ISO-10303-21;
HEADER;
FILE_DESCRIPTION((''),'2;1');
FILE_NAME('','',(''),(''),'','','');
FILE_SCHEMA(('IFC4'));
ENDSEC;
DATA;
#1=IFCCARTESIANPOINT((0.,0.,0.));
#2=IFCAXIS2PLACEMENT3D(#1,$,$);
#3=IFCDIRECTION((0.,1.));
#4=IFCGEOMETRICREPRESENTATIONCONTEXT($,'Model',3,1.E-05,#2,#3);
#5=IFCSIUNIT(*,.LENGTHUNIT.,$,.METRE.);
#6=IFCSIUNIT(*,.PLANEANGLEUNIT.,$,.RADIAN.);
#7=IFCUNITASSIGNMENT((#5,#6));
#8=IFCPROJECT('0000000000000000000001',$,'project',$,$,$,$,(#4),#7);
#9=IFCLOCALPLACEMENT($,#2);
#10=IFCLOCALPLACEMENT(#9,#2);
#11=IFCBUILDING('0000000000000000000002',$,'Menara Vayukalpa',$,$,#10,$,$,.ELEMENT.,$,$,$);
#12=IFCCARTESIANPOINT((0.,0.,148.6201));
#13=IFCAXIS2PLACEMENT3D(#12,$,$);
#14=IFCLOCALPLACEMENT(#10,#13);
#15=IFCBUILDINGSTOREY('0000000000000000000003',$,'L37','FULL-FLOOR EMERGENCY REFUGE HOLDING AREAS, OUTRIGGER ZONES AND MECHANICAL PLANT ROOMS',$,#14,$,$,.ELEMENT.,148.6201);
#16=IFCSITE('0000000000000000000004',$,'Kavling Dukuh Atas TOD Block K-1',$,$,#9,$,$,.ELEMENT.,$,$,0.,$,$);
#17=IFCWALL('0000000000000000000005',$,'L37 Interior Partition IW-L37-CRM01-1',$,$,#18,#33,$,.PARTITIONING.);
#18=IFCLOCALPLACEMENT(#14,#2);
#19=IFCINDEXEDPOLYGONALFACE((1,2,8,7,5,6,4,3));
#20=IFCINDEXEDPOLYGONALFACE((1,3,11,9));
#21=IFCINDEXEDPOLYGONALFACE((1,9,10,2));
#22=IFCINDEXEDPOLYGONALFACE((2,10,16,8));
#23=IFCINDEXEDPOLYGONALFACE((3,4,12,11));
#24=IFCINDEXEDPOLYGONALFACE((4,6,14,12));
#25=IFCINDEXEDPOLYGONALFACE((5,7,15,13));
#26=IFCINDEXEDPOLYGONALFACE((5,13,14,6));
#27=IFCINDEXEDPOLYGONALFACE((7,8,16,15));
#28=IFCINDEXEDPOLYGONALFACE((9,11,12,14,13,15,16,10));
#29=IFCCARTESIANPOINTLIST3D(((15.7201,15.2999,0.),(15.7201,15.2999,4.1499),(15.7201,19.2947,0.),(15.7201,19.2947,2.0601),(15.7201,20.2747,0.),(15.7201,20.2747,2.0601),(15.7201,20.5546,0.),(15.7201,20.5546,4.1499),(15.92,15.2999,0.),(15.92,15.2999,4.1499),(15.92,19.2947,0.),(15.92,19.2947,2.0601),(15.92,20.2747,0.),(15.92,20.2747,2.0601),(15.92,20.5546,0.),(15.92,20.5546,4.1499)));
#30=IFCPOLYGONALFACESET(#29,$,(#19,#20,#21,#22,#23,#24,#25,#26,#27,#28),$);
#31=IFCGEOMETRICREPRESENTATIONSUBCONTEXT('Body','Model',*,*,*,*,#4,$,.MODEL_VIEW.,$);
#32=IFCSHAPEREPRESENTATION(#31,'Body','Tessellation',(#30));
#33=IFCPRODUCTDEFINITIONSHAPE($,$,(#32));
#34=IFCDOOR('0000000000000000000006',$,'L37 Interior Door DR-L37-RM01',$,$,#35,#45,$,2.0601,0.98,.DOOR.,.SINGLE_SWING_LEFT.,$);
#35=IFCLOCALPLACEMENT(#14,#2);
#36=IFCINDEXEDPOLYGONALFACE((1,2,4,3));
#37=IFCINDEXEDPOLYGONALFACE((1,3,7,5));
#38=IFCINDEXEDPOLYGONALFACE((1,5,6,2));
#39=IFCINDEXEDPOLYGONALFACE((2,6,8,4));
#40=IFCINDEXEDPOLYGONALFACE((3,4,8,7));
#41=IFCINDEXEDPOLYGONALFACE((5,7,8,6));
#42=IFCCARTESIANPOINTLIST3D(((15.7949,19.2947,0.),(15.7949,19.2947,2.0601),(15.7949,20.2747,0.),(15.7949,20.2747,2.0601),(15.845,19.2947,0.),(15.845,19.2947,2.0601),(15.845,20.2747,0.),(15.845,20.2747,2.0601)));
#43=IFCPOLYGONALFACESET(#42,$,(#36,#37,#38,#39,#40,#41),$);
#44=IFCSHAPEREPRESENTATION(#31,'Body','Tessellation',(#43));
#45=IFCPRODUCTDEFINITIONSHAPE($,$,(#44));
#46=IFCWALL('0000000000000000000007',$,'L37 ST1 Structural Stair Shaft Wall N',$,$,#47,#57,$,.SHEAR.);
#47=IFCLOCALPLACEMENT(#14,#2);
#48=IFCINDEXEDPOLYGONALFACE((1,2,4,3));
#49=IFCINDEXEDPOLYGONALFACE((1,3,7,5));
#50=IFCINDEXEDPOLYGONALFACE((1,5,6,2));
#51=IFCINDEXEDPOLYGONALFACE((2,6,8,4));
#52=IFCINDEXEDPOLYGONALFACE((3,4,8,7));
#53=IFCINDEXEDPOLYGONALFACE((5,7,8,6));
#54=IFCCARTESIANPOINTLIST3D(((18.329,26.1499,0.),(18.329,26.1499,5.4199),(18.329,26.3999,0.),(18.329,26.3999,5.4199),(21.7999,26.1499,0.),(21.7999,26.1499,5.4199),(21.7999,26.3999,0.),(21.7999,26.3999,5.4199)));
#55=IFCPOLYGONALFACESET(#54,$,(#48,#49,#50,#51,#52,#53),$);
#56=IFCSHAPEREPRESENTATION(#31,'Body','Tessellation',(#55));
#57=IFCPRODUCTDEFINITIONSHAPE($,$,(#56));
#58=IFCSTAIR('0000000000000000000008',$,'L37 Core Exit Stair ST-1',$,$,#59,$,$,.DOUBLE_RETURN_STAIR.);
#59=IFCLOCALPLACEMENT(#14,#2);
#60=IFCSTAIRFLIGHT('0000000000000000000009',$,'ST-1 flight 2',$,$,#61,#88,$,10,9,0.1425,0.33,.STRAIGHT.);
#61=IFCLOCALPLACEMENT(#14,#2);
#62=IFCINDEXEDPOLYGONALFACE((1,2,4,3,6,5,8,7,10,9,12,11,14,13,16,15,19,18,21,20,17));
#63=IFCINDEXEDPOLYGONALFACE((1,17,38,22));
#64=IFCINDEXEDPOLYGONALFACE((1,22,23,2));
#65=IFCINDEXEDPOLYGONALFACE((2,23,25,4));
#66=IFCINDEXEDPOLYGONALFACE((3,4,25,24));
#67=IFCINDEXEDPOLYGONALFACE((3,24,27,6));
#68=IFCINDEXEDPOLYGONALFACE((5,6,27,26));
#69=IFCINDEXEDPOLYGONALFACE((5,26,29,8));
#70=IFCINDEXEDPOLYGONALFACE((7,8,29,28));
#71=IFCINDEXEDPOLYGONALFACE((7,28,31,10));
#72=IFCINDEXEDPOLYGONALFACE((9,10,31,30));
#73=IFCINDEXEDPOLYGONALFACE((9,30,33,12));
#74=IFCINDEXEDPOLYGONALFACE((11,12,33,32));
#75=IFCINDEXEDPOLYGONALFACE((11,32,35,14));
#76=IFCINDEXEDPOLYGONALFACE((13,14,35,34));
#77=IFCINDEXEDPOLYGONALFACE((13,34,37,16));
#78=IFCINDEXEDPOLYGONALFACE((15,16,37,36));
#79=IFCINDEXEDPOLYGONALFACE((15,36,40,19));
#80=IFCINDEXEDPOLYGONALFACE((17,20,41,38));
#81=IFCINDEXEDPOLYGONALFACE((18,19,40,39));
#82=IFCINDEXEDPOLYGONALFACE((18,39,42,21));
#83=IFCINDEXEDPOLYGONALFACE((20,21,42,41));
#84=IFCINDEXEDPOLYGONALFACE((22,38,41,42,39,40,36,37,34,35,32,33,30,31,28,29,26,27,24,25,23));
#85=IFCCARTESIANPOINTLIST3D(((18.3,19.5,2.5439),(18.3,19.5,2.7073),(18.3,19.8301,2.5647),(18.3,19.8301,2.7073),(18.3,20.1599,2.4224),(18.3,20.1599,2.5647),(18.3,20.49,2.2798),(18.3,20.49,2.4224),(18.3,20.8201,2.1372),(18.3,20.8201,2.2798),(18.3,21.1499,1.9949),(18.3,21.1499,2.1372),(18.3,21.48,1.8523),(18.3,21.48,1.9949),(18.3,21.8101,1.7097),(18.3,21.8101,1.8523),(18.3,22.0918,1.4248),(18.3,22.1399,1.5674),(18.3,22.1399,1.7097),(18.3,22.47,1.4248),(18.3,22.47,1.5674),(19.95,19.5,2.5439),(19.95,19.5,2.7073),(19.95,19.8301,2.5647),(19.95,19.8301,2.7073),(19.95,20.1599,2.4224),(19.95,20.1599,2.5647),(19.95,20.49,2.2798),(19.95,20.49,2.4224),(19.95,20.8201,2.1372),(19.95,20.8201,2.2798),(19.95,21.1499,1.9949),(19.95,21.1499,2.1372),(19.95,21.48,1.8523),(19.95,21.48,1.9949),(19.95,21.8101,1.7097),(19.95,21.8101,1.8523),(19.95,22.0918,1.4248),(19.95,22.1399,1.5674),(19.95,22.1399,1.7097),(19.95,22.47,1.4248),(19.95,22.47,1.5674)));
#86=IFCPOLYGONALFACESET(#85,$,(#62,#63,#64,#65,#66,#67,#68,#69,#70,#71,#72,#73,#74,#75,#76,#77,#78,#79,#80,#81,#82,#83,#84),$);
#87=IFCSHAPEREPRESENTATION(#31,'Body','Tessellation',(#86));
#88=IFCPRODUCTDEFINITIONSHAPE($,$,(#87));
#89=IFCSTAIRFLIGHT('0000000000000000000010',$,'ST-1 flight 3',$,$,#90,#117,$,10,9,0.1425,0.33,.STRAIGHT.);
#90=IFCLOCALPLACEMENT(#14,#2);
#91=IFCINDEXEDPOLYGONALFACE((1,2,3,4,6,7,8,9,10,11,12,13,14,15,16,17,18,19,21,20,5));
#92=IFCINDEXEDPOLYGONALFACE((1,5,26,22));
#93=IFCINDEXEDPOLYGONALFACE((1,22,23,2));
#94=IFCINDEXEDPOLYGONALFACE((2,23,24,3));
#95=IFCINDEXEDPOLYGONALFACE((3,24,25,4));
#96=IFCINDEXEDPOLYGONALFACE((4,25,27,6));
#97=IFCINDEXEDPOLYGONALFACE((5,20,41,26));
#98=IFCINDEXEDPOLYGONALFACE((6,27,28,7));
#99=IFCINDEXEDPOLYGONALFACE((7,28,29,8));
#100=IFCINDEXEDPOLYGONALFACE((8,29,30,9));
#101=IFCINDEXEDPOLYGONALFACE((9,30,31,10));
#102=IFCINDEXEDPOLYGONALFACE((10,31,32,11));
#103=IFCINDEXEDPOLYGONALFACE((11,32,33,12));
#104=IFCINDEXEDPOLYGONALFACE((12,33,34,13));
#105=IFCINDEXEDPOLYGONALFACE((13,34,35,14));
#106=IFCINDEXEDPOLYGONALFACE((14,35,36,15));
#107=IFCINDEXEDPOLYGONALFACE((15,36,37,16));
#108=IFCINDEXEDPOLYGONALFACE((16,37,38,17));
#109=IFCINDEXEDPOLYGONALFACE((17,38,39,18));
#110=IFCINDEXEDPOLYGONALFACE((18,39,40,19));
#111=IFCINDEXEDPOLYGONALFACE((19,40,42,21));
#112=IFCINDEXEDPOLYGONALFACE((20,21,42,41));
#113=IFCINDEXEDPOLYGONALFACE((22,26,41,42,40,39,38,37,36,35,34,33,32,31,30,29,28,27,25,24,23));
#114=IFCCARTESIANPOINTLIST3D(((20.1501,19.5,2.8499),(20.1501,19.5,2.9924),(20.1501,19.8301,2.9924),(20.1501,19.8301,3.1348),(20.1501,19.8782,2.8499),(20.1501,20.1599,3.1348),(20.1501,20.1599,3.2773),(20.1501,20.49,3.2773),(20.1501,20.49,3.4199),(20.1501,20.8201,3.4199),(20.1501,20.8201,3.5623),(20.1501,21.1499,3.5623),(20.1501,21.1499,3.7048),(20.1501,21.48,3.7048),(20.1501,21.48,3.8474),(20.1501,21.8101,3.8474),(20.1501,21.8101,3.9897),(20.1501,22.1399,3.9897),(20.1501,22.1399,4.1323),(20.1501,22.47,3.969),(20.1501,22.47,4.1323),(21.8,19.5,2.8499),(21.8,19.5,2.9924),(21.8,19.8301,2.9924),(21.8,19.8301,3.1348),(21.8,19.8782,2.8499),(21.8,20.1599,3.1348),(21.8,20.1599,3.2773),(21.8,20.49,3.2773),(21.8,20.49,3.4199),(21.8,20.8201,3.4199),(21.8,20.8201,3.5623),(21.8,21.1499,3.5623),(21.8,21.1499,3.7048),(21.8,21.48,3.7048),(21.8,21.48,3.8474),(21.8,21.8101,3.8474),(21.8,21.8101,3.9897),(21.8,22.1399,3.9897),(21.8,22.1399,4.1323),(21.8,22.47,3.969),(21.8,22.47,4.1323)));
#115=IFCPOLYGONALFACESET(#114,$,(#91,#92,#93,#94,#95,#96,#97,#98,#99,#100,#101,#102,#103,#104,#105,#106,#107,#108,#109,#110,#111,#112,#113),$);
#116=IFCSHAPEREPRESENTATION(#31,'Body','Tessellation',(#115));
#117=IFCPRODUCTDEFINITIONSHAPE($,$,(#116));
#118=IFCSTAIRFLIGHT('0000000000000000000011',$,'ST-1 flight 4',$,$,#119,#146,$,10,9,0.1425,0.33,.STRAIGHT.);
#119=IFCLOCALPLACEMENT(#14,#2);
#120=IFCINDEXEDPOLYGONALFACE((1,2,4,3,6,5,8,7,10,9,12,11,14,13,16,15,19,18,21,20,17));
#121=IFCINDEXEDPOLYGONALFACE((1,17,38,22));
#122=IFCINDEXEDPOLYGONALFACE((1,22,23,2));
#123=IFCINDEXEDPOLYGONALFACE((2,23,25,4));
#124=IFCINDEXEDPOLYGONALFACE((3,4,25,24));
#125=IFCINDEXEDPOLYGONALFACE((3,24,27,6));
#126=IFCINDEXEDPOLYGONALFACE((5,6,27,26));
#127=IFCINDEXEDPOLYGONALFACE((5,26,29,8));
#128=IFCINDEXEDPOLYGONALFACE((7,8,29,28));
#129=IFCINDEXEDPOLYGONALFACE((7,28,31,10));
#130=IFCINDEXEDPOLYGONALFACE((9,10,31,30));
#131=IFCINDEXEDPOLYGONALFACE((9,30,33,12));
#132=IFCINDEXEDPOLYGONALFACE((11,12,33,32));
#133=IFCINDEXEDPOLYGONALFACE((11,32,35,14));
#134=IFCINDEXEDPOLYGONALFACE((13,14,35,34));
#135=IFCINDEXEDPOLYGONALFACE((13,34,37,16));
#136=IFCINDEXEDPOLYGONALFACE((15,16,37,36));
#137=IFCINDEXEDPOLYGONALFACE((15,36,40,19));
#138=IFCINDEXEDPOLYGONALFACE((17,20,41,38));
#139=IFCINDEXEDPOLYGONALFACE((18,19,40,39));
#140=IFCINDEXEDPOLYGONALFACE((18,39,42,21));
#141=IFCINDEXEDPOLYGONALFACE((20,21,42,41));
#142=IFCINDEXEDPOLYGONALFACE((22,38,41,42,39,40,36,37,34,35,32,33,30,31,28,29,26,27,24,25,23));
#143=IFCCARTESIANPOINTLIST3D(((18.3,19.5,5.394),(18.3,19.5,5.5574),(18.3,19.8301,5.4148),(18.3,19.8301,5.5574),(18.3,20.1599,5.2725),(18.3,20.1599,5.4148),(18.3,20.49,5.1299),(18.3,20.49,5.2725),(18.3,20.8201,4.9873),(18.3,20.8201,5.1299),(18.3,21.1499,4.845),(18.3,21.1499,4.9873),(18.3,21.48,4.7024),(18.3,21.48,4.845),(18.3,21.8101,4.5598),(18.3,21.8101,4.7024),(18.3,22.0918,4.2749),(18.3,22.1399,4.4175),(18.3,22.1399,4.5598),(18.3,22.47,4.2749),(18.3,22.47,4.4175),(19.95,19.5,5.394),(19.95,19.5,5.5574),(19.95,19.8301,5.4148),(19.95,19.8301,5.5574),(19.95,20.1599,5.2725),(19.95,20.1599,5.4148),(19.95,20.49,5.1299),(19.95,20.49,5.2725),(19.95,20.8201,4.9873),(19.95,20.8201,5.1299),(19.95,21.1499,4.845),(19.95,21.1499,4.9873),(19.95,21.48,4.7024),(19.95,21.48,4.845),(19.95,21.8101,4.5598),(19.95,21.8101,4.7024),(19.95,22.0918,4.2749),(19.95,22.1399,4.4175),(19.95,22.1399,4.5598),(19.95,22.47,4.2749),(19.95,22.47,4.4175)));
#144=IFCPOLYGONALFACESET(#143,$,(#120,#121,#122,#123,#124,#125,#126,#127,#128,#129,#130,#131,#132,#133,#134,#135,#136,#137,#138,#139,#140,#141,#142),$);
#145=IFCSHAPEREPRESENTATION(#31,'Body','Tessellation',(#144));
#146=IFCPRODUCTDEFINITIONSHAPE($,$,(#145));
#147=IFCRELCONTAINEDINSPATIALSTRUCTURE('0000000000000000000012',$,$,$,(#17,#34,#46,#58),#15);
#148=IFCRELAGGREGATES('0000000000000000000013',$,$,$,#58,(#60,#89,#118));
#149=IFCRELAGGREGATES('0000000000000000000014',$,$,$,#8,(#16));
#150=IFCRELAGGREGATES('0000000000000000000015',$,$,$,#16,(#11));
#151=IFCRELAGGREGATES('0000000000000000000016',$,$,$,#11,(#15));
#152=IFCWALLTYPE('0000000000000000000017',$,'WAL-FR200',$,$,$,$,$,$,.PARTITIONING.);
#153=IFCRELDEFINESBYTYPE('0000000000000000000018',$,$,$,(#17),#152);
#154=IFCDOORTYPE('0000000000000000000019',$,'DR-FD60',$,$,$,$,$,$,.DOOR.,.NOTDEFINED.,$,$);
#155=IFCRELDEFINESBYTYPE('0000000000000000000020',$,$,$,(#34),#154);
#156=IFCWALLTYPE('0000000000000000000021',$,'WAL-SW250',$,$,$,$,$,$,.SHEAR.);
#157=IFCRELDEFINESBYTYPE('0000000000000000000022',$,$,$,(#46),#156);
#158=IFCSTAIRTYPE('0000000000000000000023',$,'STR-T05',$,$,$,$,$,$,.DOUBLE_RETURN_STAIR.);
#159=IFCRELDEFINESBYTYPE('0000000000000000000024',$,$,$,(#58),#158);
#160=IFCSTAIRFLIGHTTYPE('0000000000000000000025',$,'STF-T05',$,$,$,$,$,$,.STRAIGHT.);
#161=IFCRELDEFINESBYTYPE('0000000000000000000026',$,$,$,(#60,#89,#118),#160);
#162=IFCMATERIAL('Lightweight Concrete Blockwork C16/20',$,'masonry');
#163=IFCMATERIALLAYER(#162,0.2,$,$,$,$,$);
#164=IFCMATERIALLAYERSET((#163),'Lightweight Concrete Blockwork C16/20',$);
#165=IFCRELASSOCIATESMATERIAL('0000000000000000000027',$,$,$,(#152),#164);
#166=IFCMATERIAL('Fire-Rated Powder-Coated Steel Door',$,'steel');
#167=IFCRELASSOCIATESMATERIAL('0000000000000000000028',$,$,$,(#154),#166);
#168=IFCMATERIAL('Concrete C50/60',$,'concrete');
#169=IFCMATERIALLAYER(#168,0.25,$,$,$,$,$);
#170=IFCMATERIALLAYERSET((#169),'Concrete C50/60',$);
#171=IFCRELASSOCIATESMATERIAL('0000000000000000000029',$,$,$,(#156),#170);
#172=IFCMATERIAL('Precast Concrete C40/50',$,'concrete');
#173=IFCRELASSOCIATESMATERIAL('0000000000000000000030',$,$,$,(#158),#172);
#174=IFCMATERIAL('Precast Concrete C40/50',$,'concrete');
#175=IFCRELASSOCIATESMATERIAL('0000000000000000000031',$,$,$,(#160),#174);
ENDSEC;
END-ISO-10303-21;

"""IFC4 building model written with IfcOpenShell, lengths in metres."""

from ifc_helpers import new_model, si_unit, direction, frame, frame_2d, origin, place, context, subcontext, project, spatial, polyline, rectangle, outline, extrude, material, layer, layer_set, type_object, element, fill, aggregate, save


model = new_model("IFC4")

# Units and contexts
model_context = context("Model", 3, precision=1e-05, world=origin(), true_north=direction((0.0, 1.0)))
body_context = subcontext(model_context, "Body", "Model", "MODEL_VIEW")
ifc_project = project(units=[si_unit("LENGTHUNIT", "METRE"), si_unit("PLANEANGLEUNIT", "RADIAN")], contexts=[model_context])

# Site, building, storey
site_placement = place(None, origin())
site = spatial("IfcSite", under=ifc_project, at=site_placement, Name="Kavling Dukuh Atas TOD Block K-1", CompositionType="ELEMENT", RefElevation=0.0)
building_placement = place(site_placement, origin())
building = spatial("IfcBuilding", under=site, at=building_placement, Name="Menara Vayukalpa", CompositionType="ELEMENT")
storey_placement = place(building_placement, frame((0.0, 0.0, 148.6201)))
storey = spatial("IfcBuildingStorey", under=building, at=storey_placement, Name="L37", Description="FULL-FLOOR EMERGENCY REFUGE HOLDING AREAS, OUTRIGGER ZONES AND MECHANICAL PLANT ROOMS", CompositionType="ELEMENT", Elevation=148.6201)

# Wall, opening, door
ifc_material_1 = material(Name="Lightweight Concrete Blockwork C16/20", Category="masonry")
ifc_layer_1 = layer(ifc_material_1, 0.2)
ifc_layer_set_1 = layer_set([ifc_layer_1], Name="Lightweight Concrete Blockwork C16/20")
wall_type_1 = type_object("IfcWallType", Name="WAL-FR200", PredefinedType="PARTITIONING", material=ifc_layer_set_1)
wall_1_placement = place(storey_placement, frame((15.8201, 20.5547, 0.0), z_axis=(0.0, 0.0, 1.0), x_axis=(0.0, -1.0, 0.0)))
wall_1 = element("IfcWall", 1, at=wall_1_placement, inside=storey, type_object=wall_type_1, Name="L37 Interior Partition IW-L37-CRM01-1", PredefinedType="PARTITIONING", context=body_context, shape_type="SweptSolid", body=[
    extrude(rectangle(XDim=5.2546, YDim=0.2, at=frame_2d((2.6274, 0.0))), origin(), (0.0, 0.0, 1.0), 4.1499),
])
opening_placement = place(wall_1_placement, frame((0.28, 0.0, 0.0)))
opening = element("IfcOpeningElement", 2, at=opening_placement, cuts=wall_1, PredefinedType="OPENING", context=body_context, shape_type="SweptSolid", body=[
    extrude(rectangle(XDim=0.98, YDim=2.0601, at=frame_2d((0.49, 1.03))), frame((0.0, 0.1099, 0.0), z_axis=(0.0, -1.0, 0.0), x_axis=(1.0, 0.0, 0.0)), (0.0, 0.0, 1.0), 0.22),
])
ifc_material_2 = material(Name="Fire-Rated Powder-Coated Steel Door", Category="steel")
door_type = type_object("IfcDoorType", Name="DR-FD60", OperationType="NOTDEFINED", PredefinedType="DOOR", material=ifc_material_2)
door_placement = place(opening_placement, origin())
door = element("IfcDoor", 3, at=door_placement, inside=storey, type_object=door_type, Name="L37 Interior Door DR-L37-RM01", OperationType="SINGLE_SWING_LEFT", OverallHeight=2.0601, OverallWidth=0.98, PredefinedType="DOOR", context=body_context, shape_type="SweptSolid", body=[
    extrude(rectangle(XDim=0.98, YDim=2.0601, at=frame_2d((0.49, 1.03))), frame((0.0, 0.0249, 0.0), z_axis=(0.0, -1.0, 0.0), x_axis=(1.0, 0.0, 0.0)), (0.0, 0.0, 1.0), 0.05),
])
fill(opening, door)

# Wall
ifc_material_3 = material(Name="Concrete C50/60", Category="concrete")
ifc_layer_2 = layer(ifc_material_3, 0.25)
ifc_layer_set_2 = layer_set([ifc_layer_2], Name="Concrete C50/60")
wall_type_2 = type_object("IfcWallType", Name="WAL-SW250", PredefinedType="SHEAR", material=ifc_layer_set_2)
wall_2_placement = place(storey_placement, frame((18.3291, 26.2749, 0.0), z_axis=(0.0, 0.0, 1.0), x_axis=(1.0, 0.0, 0.0)))
element("IfcWall", 4, at=wall_2_placement, inside=storey, type_object=wall_type_2, Name="L37 ST1 Structural Stair Shaft Wall N", PredefinedType="SHEAR", context=body_context, shape_type="SweptSolid", body=[
    extrude(rectangle(XDim=3.4709, YDim=0.25, at=frame_2d((1.7354, 0.0))), origin(), (0.0, 0.0, 1.0), 5.4199),
])

# Stair, stair flights
ifc_material_4 = material(Name="Precast Concrete C40/50", Category="concrete")
stair_type = type_object("IfcStairType", Name="STR-T05", PredefinedType="DOUBLE_RETURN_STAIR", material=ifc_material_4)
stair_placement = place(storey_placement, origin())
stair = element("IfcStair", 5, at=stair_placement, inside=storey, type_object=stair_type, Name="L37 Core Exit Stair ST-1", PredefinedType="DOUBLE_RETURN_STAIR")
ifc_material_5 = material(Name="Precast Concrete C40/50", Category="concrete")
stair_flight_type = type_object("IfcStairFlightType", Name="STF-T05", PredefinedType="STRAIGHT", material=ifc_material_5)
stair_flight_1_placement = place(storey_placement, frame((19.125, 22.47, 1.4248), z_axis=(0.0, 0.0, 1.0), x_axis=(0.0, -1.0, 0.0)))
stair_flight_1 = element("IfcStairFlight", 6, at=stair_flight_1_placement, type_object=stair_flight_type, Name="ST-1 flight 2", NumberOfRisers=10, NumberOfTreads=9, PredefinedType="STRAIGHT", RiserHeight=0.1425, TreadLength=0.33, context=body_context, shape_type="SweptSolid", body=[
    extrude(outline(polyline([(0.0, 0.0), (0.0, 0.1426), (0.3301, 0.1426), (0.3301, 0.2849), (0.6599, 0.2849), (0.6599, 0.4275), (0.99, 0.4275), (0.99, 0.5701), (1.3201, 0.5701), (1.3201, 0.7124), (1.6499, 0.7124), (1.6499, 0.855), (1.98, 0.855), (1.98, 0.9976), (2.3101, 0.9976), (2.3101, 1.1399), (2.6399, 1.1399), (2.6399, 1.2825), (2.97, 1.2825), (2.97, 1.425), (2.97, 1.1191), (0.3782, 0.0), (0.0, 0.0)])), frame((0.0, 0.825, 0.0), z_axis=(0.0, -1.0, 0.0), x_axis=(1.0, 0.0, 0.0)), (0.0, 0.0, 1.0), 1.6499),
])
stair_flight_2_placement = place(storey_placement, frame((20.9751, 19.5, 2.8499), z_axis=(0.0, 0.0, 1.0), x_axis=(0.0, 1.0, 0.0)))
stair_flight_2 = element("IfcStairFlight", 7, at=stair_flight_2_placement, type_object=stair_flight_type, Name="ST-1 flight 3", NumberOfRisers=10, NumberOfTreads=9, PredefinedType="STRAIGHT", RiserHeight=0.1425, TreadLength=0.33, context=body_context, shape_type="SweptSolid", body=[
    extrude(outline(polyline([(0.0, 0.0), (0.0, 0.1426), (0.3301, 0.1426), (0.3301, 0.2849), (0.6599, 0.2849), (0.6599, 0.4275), (0.99, 0.4275), (0.99, 0.5701), (1.3201, 0.5701), (1.3201, 0.7124), (1.6499, 0.7124), (1.6499, 0.855), (1.98, 0.855), (1.98, 0.9976), (2.3101, 0.9976), (2.3101, 1.1399), (2.6399, 1.1399), (2.6399, 1.2825), (2.97, 1.2825), (2.97, 1.425), (2.97, 1.1191), (0.3782, 0.0), (0.0, 0.0)])), frame((0.0, 0.825, 0.0), z_axis=(0.0, -1.0, 0.0), x_axis=(1.0, 0.0, 0.0)), (0.0, 0.0, 1.0), 1.6499),
])
stair_flight_3_placement = place(storey_placement, frame((19.125, 22.47, 4.2749), z_axis=(0.0, 0.0, 1.0), x_axis=(0.0, -1.0, 0.0)))
stair_flight_3 = element("IfcStairFlight", 8, at=stair_flight_3_placement, type_object=stair_flight_type, Name="ST-1 flight 4", NumberOfRisers=10, NumberOfTreads=9, PredefinedType="STRAIGHT", RiserHeight=0.1425, TreadLength=0.33, context=body_context, shape_type="SweptSolid", body=[
    extrude(outline(polyline([(0.0, 0.0), (0.0, 0.1426), (0.3301, 0.1426), (0.3301, 0.2849), (0.6599, 0.2849), (0.6599, 0.4275), (0.99, 0.4275), (0.99, 0.5701), (1.3201, 0.5701), (1.3201, 0.7124), (1.6499, 0.7124), (1.6499, 0.855), (1.98, 0.855), (1.98, 0.9976), (2.3101, 0.9976), (2.3101, 1.1399), (2.6399, 1.1399), (2.6399, 1.2825), (2.97, 1.2825), (2.97, 1.425), (2.97, 1.1191), (0.3782, 0.0), (0.0, 0.0)])), frame((0.0, 0.825, 0.0), z_axis=(0.0, -1.0, 0.0), x_axis=(1.0, 0.0, 0.0)), (0.0, 0.0, 1.0), 1.6499),
])
aggregate(stair, [stair_flight_1, stair_flight_2, stair_flight_3])

save(model, "model.ifc")
